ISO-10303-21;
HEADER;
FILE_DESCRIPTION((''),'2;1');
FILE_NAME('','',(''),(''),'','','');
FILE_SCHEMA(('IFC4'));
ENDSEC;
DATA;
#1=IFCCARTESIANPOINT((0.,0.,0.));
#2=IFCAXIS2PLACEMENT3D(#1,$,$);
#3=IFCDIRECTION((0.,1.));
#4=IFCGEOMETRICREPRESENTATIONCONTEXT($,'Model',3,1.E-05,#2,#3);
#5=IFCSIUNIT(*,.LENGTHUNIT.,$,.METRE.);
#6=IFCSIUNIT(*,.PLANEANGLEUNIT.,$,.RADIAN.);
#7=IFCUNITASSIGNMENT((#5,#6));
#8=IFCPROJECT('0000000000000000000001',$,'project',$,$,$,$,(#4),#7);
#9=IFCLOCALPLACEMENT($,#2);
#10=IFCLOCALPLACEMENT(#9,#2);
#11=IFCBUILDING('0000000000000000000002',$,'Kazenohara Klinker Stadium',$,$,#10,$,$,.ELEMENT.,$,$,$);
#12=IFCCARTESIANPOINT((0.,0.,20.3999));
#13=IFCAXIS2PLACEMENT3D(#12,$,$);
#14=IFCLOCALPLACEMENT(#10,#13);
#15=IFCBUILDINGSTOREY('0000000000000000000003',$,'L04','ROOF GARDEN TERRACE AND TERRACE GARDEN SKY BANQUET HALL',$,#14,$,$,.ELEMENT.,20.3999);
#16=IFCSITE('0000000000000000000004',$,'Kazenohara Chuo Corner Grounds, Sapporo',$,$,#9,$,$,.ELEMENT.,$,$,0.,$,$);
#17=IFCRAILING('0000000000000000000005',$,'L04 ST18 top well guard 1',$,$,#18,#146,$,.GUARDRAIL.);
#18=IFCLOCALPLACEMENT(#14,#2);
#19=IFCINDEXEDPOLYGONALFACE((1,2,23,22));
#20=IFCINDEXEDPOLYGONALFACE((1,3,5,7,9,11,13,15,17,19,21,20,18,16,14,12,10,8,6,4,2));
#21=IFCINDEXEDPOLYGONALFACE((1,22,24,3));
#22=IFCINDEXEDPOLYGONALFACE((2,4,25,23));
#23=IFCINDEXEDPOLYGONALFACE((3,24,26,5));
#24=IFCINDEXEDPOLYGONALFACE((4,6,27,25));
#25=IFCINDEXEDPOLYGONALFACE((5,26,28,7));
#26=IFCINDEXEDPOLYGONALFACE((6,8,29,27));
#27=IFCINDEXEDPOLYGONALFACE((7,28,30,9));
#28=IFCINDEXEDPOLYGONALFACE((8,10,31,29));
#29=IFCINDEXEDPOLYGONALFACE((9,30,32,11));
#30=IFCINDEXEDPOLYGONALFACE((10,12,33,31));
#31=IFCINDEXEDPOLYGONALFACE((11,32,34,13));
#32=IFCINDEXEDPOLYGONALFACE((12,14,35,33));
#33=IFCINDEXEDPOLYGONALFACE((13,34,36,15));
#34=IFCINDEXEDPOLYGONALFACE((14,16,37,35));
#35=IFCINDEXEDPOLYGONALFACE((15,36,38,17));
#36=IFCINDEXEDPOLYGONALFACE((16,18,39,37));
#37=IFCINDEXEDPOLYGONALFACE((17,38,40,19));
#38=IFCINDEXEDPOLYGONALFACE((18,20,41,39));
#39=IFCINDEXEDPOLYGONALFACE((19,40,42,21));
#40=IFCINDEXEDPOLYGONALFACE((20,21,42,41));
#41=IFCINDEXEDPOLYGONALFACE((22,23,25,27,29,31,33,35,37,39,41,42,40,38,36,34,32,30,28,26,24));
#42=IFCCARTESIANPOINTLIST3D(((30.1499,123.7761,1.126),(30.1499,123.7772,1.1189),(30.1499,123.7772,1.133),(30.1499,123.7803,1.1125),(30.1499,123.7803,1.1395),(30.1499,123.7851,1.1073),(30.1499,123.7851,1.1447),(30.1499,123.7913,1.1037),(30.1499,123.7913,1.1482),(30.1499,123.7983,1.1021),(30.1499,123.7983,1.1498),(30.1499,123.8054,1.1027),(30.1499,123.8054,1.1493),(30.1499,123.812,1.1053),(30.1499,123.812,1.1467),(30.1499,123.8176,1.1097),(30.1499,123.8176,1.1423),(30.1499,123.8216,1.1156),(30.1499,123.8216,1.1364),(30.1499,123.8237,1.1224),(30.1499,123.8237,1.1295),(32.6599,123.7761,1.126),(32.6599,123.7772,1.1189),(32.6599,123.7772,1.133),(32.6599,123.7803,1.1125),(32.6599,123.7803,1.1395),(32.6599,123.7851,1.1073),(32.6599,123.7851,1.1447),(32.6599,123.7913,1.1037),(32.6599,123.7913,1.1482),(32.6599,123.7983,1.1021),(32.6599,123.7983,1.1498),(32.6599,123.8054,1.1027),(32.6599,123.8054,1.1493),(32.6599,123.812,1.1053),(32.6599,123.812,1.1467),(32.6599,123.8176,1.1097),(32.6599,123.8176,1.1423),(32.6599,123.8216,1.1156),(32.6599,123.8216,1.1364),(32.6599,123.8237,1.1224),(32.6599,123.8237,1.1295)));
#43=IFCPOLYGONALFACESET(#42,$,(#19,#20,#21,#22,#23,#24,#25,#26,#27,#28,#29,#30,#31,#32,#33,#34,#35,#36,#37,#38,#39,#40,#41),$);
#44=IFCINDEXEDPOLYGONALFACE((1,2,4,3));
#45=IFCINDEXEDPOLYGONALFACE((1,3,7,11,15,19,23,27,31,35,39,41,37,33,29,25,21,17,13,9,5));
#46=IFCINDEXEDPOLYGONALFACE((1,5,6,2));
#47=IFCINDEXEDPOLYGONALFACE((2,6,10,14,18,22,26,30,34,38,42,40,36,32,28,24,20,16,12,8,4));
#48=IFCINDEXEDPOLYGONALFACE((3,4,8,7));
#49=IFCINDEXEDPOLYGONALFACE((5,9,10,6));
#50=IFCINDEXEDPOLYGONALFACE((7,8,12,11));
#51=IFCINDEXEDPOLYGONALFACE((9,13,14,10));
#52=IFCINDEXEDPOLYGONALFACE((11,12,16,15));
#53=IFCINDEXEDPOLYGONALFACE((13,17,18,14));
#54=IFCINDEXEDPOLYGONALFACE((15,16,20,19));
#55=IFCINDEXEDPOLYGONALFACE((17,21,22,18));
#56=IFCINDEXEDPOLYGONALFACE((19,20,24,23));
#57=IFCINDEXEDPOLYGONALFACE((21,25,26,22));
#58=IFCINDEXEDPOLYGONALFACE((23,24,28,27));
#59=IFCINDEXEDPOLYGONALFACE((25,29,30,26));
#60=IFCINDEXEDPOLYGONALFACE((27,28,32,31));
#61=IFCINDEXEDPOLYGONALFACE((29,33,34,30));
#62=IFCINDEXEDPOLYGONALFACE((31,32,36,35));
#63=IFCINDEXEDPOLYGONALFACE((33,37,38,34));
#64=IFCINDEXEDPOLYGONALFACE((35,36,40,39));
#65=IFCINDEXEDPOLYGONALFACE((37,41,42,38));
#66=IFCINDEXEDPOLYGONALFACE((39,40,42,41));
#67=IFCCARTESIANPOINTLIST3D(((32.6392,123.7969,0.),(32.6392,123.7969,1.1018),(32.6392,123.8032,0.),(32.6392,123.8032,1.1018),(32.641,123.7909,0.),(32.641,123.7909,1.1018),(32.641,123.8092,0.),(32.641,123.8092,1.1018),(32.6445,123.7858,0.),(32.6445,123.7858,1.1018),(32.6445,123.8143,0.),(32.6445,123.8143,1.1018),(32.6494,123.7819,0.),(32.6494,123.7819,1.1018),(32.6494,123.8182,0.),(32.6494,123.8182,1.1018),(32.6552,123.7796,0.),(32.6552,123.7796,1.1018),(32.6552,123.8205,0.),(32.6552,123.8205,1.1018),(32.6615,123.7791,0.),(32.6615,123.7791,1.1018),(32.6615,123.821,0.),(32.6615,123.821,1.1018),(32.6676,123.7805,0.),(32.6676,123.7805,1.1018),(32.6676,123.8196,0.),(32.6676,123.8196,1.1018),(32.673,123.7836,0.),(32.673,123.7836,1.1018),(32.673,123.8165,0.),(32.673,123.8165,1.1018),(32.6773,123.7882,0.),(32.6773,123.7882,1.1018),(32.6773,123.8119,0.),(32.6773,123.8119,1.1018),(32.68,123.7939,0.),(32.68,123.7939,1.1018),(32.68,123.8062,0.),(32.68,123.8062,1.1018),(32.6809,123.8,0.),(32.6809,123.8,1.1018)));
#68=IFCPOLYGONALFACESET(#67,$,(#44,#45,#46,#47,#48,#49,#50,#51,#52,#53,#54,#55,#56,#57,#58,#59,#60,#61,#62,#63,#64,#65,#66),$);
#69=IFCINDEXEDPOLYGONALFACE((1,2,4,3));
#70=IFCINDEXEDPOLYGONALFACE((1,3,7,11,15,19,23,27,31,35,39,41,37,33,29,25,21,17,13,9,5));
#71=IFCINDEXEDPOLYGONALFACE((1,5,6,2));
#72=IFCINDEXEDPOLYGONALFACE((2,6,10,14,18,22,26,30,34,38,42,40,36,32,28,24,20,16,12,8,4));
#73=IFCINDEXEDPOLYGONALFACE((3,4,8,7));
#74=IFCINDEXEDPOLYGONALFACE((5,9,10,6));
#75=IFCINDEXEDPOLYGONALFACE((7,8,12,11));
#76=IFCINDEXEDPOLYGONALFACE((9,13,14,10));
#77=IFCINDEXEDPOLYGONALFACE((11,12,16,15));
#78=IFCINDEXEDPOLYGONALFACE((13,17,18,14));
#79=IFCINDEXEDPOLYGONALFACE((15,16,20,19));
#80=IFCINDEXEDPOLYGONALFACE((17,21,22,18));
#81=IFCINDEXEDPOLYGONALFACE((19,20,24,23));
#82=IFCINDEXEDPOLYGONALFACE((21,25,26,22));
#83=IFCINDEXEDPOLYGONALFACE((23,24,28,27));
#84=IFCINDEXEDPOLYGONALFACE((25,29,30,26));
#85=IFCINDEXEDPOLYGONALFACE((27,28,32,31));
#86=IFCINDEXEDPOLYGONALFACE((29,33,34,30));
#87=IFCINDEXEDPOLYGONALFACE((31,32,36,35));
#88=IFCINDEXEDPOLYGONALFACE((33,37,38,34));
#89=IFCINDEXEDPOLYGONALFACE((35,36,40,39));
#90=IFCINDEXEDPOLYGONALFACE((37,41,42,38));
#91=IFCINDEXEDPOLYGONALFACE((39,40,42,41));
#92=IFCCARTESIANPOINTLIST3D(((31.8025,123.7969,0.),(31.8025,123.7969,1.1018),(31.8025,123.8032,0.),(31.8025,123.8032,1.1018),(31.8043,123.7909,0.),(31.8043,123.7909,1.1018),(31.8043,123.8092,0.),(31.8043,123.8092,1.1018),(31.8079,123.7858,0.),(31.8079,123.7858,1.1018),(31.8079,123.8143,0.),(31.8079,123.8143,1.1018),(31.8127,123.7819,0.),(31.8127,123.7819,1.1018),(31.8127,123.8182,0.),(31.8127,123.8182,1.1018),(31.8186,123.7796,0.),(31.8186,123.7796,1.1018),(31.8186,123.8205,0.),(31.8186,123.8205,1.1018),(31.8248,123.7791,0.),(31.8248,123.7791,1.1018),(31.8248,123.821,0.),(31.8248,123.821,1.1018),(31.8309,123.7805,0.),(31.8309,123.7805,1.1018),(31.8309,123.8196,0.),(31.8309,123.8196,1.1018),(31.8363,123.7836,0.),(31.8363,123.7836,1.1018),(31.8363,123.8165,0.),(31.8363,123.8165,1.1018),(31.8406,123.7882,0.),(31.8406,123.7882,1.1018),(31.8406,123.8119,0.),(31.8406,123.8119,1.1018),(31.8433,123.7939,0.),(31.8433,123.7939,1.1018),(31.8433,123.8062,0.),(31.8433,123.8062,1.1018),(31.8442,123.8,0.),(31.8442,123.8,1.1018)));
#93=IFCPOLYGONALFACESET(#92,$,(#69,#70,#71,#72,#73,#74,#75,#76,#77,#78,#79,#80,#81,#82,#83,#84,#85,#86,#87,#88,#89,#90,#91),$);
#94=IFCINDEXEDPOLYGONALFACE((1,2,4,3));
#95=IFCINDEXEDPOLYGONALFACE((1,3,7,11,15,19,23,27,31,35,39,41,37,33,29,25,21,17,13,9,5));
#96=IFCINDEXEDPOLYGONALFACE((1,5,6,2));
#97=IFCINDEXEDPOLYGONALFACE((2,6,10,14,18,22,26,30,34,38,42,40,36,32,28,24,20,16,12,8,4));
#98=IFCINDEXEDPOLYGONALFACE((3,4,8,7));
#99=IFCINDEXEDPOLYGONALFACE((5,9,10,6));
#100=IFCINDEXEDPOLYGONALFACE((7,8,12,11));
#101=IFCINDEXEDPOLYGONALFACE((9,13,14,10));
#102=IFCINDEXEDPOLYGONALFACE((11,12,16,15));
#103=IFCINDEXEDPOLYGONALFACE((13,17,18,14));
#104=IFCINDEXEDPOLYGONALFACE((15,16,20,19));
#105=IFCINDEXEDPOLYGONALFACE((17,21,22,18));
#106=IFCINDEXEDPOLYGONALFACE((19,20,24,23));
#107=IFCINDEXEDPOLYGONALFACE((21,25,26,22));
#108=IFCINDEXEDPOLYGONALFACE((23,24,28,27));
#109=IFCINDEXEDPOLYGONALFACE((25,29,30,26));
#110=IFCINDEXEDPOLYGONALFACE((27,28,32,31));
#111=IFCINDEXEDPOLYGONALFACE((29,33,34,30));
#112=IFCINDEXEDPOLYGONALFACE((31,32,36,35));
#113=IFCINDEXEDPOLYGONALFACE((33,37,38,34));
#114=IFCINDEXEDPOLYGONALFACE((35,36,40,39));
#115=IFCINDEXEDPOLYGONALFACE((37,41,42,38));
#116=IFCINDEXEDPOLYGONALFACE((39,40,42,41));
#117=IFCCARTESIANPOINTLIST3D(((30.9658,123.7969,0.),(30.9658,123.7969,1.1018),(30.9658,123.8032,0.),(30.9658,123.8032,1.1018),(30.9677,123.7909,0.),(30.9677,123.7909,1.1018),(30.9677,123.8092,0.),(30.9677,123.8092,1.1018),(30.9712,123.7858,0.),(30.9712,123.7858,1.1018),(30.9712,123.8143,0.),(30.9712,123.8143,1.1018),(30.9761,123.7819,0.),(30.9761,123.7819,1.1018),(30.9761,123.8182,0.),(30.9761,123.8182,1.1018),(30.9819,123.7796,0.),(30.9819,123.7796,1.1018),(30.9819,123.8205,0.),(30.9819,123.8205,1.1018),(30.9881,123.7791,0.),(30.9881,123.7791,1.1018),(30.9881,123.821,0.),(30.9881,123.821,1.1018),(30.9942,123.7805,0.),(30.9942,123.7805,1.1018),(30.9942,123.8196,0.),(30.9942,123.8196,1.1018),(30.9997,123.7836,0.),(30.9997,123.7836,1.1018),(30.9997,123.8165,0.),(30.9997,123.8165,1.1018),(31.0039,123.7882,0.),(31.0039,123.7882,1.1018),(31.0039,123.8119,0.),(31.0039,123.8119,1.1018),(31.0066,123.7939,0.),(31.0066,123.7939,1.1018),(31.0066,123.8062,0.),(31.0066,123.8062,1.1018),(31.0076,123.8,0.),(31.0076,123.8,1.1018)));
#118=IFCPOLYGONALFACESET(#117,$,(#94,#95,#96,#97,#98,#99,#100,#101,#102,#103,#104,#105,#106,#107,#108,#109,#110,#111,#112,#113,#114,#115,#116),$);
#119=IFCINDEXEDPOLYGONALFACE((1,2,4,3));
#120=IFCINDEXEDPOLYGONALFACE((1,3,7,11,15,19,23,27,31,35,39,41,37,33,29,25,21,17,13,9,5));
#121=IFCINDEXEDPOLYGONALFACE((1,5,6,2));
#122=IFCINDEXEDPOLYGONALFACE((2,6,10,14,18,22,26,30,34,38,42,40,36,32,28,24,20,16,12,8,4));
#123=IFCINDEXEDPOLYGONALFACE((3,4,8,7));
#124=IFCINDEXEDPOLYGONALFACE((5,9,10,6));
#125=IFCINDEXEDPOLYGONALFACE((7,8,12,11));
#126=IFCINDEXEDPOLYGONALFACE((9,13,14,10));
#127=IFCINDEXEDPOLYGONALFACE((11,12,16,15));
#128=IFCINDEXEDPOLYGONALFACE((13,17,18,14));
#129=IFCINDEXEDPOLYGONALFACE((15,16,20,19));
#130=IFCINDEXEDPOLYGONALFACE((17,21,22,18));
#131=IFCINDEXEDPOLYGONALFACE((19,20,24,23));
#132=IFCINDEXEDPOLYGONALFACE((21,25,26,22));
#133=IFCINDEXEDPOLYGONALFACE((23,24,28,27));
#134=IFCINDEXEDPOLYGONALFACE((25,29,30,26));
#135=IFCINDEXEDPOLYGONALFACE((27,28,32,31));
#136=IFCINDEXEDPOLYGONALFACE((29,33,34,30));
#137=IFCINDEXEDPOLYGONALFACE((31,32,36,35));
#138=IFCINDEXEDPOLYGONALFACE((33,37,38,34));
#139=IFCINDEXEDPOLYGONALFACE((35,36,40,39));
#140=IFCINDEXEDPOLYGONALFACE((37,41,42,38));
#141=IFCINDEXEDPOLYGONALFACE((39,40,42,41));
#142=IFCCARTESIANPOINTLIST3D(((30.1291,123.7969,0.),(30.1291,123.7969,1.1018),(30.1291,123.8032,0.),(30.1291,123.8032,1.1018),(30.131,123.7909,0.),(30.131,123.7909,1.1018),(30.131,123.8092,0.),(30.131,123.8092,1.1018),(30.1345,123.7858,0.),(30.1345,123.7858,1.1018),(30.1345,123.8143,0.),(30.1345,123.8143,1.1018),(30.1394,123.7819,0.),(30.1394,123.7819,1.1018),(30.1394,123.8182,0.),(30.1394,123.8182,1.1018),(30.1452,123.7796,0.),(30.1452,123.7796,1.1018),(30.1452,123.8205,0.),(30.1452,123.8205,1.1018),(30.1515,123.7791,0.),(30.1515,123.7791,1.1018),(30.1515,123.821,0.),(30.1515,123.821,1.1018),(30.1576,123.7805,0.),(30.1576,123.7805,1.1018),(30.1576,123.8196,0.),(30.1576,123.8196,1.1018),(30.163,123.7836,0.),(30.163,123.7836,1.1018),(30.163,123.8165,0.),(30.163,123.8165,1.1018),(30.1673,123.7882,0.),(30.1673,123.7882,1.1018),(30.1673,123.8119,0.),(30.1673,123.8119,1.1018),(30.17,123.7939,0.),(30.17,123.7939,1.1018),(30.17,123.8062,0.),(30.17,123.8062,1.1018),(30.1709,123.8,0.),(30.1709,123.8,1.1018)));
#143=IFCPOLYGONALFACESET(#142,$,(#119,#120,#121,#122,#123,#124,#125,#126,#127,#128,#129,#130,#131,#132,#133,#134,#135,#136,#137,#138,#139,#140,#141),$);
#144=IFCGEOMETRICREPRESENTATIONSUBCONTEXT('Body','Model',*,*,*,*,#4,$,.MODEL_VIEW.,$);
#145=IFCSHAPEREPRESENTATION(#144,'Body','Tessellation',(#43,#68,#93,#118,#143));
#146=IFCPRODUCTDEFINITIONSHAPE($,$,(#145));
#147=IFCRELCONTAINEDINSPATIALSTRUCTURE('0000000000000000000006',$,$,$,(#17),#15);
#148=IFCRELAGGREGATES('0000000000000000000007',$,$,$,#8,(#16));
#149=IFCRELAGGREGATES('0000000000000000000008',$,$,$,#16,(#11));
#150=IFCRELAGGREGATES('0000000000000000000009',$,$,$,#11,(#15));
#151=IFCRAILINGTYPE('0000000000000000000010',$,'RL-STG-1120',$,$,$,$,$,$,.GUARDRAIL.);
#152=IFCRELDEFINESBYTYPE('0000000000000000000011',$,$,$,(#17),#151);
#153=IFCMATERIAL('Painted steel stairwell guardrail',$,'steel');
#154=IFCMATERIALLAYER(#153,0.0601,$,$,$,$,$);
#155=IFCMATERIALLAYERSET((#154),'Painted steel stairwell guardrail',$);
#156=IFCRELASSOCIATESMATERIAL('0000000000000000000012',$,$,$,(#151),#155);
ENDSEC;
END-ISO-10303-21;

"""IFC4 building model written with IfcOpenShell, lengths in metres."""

from ifc_helpers import new_model, si_unit, direction, frame, origin, origin_2d, place, context, subcontext, project, spatial, circle, extrude, material, layer, layer_set, type_object, element, save


model = new_model("IFC4")

# Units and contexts
model_context = context("Model", 3, precision=1e-05, world=origin(), true_north=direction((0.0, 1.0)))
body_context = subcontext(model_context, "Body", "Model", "MODEL_VIEW")
ifc_project = project(units=[si_unit("LENGTHUNIT", "METRE"), si_unit("PLANEANGLEUNIT", "RADIAN")], contexts=[model_context])

# Site, building, storey
site_placement = place(None, origin())
site = spatial("IfcSite", under=ifc_project, at=site_placement, Name="Kazenohara Chuo Corner Grounds, Sapporo", CompositionType="ELEMENT", RefElevation=0.0)
building_placement = place(site_placement, origin())
building = spatial("IfcBuilding", under=site, at=building_placement, Name="Kazenohara Klinker Stadium", CompositionType="ELEMENT")
storey_placement = place(building_placement, frame((0.0, 0.0, 20.3999)))
storey = spatial("IfcBuildingStorey", under=building, at=storey_placement, Name="L04", Description="ROOF GARDEN TERRACE AND TERRACE GARDEN SKY BANQUET HALL", CompositionType="ELEMENT", Elevation=20.3999)

# Railing
ifc_material_1 = material(Name="Painted steel stairwell guardrail", Category="steel")
ifc_layer_1 = layer(ifc_material_1, 0.0601)
ifc_layer_set_1 = layer_set([ifc_layer_1], Name="Painted steel stairwell guardrail")
railing_type = type_object("IfcRailingType", Name="RL-STG-1120", PredefinedType="GUARDRAIL", material=ifc_layer_set_1)
railing_placement = place(storey_placement, frame((32.6599, 123.8, 0.0)))
element("IfcRailing", 1, at=railing_placement, inside=storey, type_object=railing_type, Name="L04 ST18 top well guard 1", PredefinedType="GUARDRAIL", context=body_context, shape_type="SweptSolid", body=[
    extrude(circle(Radius=0.0239, at=origin_2d()), frame((0.0, 0.0, 1.126), z_axis=(-1.0, 0.0, 0.0), x_axis=(0.0, -1.0, 0.0)), (0.0, 0.0, 1.0), 2.51),
    extrude(circle(Radius=0.021, at=origin_2d()), origin(), (0.0, 0.0, 1.0), 1.1018),
    extrude(circle(Radius=0.021, at=origin_2d()), frame((-0.8367, 0.0, 0.0)), (0.0, 0.0, 1.0), 1.1018),
    extrude(circle(Radius=0.021, at=origin_2d()), frame((-1.6733, 0.0, 0.0)), (0.0, 0.0, 1.0), 1.1018),
    extrude(circle(Radius=0.021, at=origin_2d()), frame((-2.51, 0.0, 0.0)), (0.0, 0.0, 1.0), 1.1018),
])

save(model, "model.ifc")
